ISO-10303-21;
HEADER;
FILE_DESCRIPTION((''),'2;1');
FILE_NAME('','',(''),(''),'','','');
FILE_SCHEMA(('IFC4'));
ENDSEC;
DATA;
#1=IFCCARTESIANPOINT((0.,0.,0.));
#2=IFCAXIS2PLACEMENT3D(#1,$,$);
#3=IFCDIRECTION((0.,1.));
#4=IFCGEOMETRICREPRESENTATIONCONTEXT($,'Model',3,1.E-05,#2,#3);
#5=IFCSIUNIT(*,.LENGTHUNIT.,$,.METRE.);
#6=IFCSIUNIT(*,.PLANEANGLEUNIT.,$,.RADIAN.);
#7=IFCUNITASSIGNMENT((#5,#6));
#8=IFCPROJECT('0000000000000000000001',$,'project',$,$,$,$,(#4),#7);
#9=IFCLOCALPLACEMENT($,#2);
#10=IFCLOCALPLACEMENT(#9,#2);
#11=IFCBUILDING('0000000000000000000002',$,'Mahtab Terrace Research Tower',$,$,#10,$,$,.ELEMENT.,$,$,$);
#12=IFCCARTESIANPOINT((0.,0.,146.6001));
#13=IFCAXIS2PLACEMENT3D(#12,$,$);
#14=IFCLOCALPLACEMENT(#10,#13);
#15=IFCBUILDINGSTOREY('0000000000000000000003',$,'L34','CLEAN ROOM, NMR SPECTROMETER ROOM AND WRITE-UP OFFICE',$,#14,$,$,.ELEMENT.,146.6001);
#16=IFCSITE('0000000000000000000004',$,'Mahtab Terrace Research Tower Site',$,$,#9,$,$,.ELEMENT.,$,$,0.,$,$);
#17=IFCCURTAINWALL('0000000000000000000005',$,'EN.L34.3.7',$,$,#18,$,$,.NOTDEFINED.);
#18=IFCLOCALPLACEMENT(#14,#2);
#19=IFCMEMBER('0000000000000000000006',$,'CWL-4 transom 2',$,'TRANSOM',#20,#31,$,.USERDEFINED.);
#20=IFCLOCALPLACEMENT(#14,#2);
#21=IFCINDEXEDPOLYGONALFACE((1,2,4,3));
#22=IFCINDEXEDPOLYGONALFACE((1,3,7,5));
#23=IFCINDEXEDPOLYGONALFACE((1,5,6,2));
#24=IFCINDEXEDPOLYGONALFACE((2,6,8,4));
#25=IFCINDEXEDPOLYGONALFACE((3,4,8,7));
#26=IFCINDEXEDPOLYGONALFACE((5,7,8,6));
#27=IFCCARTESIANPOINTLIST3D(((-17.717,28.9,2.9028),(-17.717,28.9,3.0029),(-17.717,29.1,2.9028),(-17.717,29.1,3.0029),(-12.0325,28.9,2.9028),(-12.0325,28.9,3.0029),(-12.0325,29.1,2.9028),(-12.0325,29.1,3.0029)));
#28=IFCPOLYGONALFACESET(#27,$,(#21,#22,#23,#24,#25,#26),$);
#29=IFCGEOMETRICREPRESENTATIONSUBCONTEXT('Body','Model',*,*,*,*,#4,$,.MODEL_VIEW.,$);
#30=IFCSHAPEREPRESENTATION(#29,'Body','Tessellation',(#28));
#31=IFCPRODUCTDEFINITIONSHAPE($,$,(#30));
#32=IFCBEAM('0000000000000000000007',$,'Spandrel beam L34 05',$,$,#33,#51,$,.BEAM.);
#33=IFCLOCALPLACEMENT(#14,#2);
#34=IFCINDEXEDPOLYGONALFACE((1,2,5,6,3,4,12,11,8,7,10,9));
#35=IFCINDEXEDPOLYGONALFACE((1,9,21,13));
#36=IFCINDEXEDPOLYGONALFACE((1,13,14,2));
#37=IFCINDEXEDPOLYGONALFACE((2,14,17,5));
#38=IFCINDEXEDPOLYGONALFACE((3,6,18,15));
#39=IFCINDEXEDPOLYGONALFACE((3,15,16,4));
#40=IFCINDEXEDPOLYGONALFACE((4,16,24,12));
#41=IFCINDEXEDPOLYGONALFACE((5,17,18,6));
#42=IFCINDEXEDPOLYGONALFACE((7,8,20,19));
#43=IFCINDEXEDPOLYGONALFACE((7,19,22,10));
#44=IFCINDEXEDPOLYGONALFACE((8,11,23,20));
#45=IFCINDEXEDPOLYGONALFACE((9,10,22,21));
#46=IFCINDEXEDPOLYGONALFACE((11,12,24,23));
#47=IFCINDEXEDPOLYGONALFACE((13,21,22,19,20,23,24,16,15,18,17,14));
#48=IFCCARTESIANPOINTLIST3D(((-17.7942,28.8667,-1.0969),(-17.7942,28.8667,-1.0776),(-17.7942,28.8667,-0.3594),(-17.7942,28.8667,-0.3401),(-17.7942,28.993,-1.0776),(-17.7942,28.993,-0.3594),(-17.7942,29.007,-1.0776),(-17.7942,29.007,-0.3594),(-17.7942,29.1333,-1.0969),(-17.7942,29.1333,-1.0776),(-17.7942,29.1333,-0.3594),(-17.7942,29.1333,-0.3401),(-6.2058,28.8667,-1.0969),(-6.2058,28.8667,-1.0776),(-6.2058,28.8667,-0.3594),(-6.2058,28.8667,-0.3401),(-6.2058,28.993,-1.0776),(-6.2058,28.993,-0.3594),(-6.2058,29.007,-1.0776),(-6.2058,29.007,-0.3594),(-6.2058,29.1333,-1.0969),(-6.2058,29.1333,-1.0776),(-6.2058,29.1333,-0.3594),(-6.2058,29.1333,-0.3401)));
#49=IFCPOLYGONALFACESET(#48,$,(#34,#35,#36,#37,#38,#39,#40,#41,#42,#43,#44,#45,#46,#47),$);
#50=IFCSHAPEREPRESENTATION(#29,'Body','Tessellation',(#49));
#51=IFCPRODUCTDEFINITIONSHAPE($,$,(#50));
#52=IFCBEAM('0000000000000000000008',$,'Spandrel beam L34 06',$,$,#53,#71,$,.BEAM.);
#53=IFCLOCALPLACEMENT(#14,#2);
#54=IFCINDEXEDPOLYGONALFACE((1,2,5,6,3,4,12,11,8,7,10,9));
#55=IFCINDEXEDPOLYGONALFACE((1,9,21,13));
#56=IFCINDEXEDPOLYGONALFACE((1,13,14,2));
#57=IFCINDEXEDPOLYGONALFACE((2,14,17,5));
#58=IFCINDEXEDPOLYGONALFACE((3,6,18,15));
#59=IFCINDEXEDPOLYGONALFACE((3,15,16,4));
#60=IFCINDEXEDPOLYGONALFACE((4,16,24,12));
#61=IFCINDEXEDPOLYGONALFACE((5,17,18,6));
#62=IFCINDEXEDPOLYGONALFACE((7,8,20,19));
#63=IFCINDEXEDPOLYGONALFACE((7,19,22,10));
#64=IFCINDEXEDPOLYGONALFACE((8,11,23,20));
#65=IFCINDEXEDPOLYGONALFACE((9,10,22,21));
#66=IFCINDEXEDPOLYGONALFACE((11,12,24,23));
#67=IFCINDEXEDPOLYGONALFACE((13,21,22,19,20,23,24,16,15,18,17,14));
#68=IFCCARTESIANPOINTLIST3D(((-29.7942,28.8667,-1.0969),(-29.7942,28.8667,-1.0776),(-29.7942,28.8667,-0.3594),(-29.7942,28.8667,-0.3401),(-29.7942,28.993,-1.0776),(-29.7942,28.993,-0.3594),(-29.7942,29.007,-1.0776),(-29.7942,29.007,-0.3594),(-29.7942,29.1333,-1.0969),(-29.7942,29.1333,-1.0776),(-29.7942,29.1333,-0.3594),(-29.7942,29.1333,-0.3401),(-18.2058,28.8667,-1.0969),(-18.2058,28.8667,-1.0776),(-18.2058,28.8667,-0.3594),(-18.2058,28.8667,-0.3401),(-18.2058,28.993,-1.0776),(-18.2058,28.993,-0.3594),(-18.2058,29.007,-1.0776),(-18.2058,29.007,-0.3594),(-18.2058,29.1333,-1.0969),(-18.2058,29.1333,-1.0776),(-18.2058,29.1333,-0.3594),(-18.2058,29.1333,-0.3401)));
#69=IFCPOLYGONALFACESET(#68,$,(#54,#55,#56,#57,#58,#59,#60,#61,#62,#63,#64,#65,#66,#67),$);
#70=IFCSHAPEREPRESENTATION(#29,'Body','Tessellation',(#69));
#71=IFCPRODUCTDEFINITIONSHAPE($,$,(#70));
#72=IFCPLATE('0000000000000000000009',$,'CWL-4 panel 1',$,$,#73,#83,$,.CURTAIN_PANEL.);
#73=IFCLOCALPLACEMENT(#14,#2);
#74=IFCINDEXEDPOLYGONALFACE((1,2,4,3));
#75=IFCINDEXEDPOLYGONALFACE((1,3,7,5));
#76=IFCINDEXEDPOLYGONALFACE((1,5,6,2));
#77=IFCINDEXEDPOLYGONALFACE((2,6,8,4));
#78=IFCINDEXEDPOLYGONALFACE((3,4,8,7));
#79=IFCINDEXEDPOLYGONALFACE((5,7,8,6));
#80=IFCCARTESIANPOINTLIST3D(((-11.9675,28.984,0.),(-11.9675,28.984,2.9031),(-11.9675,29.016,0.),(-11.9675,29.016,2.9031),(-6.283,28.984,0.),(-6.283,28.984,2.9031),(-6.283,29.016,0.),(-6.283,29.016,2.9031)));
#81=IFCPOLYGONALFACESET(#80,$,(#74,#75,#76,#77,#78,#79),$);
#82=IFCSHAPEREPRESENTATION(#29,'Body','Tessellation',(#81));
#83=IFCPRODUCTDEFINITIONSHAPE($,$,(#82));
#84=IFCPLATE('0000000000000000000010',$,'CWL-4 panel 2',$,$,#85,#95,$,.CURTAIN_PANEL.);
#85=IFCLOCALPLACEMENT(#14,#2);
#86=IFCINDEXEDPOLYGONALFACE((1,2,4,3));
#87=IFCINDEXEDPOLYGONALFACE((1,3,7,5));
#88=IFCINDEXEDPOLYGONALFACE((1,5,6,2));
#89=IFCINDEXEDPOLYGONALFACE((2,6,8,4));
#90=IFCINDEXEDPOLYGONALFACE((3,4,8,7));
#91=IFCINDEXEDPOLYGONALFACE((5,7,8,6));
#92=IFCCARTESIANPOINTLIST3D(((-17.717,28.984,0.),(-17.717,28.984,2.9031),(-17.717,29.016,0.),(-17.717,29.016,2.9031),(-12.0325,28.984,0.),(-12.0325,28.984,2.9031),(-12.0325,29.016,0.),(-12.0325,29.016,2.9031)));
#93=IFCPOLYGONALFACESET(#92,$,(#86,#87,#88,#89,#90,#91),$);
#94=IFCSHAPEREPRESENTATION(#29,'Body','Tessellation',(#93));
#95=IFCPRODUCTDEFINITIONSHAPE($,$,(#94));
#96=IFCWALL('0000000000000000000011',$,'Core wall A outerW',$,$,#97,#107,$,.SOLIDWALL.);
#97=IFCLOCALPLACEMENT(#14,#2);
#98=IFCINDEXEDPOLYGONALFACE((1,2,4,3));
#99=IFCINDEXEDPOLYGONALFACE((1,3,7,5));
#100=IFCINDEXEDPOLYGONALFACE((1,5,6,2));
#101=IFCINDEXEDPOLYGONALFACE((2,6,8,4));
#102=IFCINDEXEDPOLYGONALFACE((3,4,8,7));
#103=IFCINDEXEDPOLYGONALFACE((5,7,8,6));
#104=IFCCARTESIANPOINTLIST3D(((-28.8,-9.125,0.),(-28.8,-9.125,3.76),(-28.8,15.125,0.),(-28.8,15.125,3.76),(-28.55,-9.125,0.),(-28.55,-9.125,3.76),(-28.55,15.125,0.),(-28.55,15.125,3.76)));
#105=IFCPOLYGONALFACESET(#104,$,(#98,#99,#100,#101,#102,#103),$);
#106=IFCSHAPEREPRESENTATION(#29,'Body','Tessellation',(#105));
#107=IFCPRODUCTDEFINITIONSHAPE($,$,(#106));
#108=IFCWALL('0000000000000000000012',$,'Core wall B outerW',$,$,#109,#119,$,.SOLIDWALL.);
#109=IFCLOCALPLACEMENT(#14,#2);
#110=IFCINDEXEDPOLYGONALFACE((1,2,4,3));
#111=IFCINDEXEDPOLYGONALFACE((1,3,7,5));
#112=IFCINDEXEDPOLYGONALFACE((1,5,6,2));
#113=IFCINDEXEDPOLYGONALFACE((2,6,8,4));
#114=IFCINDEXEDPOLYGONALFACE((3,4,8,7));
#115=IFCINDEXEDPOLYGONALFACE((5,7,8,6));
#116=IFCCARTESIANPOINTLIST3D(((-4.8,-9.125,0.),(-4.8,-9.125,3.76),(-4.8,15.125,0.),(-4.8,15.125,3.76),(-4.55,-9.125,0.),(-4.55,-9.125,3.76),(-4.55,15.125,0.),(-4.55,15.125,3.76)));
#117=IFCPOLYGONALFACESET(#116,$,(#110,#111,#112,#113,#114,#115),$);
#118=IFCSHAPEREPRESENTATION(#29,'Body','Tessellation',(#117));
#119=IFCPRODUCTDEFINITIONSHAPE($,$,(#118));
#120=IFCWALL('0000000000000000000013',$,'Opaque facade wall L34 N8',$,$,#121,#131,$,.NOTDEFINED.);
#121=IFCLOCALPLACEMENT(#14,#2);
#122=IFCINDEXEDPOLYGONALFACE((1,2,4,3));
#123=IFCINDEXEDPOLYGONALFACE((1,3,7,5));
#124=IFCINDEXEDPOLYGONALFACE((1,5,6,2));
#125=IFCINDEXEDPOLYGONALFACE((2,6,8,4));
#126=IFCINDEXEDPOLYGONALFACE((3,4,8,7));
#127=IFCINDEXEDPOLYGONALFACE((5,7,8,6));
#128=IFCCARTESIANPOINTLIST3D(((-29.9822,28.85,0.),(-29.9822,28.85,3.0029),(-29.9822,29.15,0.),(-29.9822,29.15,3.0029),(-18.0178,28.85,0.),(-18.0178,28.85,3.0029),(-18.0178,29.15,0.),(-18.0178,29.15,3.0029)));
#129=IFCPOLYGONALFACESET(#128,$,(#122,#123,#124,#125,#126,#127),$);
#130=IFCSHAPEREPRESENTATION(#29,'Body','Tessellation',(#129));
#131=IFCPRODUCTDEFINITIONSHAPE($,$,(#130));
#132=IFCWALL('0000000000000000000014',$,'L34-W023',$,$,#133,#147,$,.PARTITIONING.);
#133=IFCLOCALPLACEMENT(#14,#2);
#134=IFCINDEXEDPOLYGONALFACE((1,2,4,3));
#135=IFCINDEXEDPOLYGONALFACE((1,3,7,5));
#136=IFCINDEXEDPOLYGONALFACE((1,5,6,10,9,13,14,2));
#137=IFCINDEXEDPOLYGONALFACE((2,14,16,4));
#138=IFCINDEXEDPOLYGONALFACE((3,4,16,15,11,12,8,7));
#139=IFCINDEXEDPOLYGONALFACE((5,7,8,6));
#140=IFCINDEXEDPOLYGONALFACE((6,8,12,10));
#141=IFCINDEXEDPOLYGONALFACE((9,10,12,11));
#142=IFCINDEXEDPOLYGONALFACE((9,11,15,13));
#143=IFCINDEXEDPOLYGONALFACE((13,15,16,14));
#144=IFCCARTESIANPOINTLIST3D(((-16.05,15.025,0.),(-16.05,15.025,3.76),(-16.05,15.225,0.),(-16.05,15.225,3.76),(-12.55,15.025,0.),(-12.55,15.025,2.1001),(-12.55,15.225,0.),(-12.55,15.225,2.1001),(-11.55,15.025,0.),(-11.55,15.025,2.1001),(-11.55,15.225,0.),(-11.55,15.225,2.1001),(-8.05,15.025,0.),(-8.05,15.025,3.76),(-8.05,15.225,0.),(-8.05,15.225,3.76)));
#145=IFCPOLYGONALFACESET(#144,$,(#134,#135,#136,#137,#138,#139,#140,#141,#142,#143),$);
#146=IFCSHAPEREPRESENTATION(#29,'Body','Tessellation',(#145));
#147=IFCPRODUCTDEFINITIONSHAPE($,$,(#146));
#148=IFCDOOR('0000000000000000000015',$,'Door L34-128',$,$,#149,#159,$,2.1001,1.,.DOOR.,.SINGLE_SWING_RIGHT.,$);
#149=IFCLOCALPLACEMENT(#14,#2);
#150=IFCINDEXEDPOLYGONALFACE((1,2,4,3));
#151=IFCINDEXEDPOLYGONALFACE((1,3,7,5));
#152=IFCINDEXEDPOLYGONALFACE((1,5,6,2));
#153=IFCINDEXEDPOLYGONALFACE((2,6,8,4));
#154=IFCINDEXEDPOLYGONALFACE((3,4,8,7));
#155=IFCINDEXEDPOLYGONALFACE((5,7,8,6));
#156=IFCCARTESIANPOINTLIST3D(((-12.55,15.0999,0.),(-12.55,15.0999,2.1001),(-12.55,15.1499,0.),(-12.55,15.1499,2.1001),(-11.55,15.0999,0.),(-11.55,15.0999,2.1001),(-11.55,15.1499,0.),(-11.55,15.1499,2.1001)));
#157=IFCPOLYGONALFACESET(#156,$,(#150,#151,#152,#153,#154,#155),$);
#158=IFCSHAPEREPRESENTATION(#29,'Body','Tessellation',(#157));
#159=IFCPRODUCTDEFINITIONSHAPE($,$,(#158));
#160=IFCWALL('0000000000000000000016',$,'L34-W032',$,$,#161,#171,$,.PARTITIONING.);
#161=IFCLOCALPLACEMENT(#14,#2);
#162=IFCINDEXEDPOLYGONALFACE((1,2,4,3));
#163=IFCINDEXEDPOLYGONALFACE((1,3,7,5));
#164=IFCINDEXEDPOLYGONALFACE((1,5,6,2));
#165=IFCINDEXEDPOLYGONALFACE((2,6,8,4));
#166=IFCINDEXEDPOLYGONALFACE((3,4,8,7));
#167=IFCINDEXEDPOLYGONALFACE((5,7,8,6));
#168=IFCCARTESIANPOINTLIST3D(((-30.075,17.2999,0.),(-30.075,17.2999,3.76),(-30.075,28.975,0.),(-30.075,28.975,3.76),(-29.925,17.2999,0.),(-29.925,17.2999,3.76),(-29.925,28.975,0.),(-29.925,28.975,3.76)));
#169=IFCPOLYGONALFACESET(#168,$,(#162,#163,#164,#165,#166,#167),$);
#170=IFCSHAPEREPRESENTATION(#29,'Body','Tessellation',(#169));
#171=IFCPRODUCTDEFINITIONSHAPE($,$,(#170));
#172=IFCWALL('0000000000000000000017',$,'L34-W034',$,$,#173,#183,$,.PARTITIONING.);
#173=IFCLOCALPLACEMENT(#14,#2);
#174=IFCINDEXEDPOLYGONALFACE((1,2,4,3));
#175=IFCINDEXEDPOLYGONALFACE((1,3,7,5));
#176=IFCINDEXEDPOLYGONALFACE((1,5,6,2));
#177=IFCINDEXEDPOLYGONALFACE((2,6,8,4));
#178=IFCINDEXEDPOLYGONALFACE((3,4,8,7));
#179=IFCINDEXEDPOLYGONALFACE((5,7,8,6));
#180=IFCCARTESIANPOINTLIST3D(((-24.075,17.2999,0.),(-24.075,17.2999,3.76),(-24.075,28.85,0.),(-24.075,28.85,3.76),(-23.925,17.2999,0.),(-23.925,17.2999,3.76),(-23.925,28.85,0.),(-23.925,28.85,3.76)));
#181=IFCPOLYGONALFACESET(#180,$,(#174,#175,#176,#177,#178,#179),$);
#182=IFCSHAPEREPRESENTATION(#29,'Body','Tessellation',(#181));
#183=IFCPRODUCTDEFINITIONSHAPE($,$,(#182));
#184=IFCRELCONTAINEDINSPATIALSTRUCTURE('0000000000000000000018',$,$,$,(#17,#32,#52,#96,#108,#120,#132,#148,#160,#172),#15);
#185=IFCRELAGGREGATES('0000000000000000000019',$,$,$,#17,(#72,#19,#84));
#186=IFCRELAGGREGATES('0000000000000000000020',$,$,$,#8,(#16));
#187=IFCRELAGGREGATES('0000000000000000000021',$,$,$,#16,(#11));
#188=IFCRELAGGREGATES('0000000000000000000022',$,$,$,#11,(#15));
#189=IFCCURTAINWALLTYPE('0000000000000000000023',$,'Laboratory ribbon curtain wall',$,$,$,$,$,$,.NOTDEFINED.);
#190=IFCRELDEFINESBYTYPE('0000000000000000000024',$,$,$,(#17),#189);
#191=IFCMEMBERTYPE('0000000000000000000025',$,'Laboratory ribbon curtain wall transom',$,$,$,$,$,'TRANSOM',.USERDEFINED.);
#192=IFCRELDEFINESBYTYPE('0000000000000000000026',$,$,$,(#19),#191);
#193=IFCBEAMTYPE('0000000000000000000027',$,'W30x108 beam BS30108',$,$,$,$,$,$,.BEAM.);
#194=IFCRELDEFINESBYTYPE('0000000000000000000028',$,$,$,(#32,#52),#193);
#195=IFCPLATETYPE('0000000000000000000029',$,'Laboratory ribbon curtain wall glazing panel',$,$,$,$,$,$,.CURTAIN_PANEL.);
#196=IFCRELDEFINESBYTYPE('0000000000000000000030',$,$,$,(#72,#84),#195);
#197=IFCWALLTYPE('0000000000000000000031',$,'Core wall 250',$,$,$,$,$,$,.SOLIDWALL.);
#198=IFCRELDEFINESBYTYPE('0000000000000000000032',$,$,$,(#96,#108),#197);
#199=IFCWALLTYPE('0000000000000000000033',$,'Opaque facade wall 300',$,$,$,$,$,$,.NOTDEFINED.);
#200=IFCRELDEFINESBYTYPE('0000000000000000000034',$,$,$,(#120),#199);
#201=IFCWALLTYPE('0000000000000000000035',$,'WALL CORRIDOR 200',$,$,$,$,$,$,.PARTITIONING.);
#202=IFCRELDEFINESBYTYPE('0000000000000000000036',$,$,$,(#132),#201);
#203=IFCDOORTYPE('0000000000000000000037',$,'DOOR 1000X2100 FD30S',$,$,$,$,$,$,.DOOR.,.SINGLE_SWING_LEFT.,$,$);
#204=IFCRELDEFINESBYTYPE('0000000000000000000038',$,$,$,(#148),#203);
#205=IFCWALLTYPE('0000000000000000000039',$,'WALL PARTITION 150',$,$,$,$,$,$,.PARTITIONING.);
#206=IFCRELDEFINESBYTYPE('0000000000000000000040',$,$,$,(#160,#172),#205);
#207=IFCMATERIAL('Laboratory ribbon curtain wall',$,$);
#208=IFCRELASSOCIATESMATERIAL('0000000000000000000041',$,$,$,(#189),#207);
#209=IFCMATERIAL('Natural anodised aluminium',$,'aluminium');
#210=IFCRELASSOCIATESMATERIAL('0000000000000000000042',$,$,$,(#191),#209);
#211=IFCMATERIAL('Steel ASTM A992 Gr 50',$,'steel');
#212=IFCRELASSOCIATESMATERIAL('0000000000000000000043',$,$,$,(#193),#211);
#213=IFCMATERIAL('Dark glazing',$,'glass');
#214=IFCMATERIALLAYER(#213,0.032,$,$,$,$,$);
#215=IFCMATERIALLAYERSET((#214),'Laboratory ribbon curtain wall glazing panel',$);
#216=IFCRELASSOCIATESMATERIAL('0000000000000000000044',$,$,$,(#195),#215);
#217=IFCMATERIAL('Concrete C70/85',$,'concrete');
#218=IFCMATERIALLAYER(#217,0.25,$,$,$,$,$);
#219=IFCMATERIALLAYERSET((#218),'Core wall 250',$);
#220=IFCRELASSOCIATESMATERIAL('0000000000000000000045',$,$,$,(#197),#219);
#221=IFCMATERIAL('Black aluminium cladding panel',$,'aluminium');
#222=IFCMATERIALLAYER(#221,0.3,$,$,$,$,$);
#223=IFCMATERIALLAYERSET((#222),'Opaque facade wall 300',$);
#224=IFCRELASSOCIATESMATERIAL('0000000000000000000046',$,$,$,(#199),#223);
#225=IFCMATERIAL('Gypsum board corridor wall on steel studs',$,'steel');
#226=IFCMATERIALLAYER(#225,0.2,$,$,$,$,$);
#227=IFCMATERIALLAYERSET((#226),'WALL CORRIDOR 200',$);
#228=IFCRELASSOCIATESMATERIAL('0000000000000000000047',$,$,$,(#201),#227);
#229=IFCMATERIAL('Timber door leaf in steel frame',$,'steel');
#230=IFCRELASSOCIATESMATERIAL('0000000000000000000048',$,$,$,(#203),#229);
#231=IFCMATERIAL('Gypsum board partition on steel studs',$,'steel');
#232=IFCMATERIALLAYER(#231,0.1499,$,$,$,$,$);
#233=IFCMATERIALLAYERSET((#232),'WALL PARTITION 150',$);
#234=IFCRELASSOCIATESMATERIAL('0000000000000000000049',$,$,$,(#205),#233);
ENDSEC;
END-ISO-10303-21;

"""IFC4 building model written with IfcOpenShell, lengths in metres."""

from ifc_helpers import new_model, si_unit, direction, frame, frame_2d, origin, origin_2d, place, context, subcontext, project, spatial, rectangle, i_section, extrude, material, layer, layer_set, material_profile, profile_set, type_object, element, fill, aggregate, save


model = new_model("IFC4")

# Units and contexts
model_context = context("Model", 3, precision=1e-05, world=origin(), true_north=direction((0.0, 1.0)))
body_context = subcontext(model_context, "Body", "Model", "MODEL_VIEW")
ifc_project = project(units=[si_unit("LENGTHUNIT", "METRE"), si_unit("PLANEANGLEUNIT", "RADIAN")], contexts=[model_context])

# Site, building, storey
site_placement = place(None, origin())
site = spatial("IfcSite", under=ifc_project, at=site_placement, Name="Mahtab Terrace Research Tower Site", CompositionType="ELEMENT", RefElevation=0.0)
building_placement = place(site_placement, origin())
building = spatial("IfcBuilding", under=site, at=building_placement, Name="Mahtab Terrace Research Tower", CompositionType="ELEMENT")
storey_placement = place(building_placement, frame((0.0, 0.0, 146.6001)))
storey = spatial("IfcBuildingStorey", under=building, at=storey_placement, Name="L34", Description="CLEAN ROOM, NMR SPECTROMETER ROOM AND WRITE-UP OFFICE", CompositionType="ELEMENT", Elevation=146.6001)

# Shared definitions
ifc_material_1 = material(Name="Steel ASTM A992 Gr 50", Category="steel")

# Curtain wall, member
ifc_material_2 = material(Name="Laboratory ribbon curtain wall")
curtain_wall_type = type_object("IfcCurtainWallType", Name="Laboratory ribbon curtain wall", PredefinedType="NOTDEFINED", material=ifc_material_2)
curtain_wall_placement = place(storey_placement, origin())
curtain_wall = element("IfcCurtainWall", 1, at=curtain_wall_placement, inside=storey, type_object=curtain_wall_type, Name="EN.L34.3.7", PredefinedType="NOTDEFINED")
ifc_material_3 = material(Name="Natural anodised aluminium", Category="aluminium")
ifc_material_profile_1 = material_profile(ifc_material_3, rectangle(XDim=0.2, YDim=0.1001, at=origin_2d()), Name="TRANSOM 100x200")
ifc_profile_set_1 = profile_set([ifc_material_profile_1], Name="Natural anodised aluminium")
member_type_1 = type_object("IfcMemberType", Name="Laboratory ribbon curtain wall transom", ElementType="TRANSOM", PredefinedType="USERDEFINED", material=ifc_profile_set_1)
member_1_placement = place(storey_placement, frame((-12.0325, 29.0, 2.9529), z_axis=(-1.0, 0.0, 0.0), x_axis=(0.0, -1.0, 0.0)))
member_1 = element("IfcMember", 2, at=member_1_placement, type_object=member_type_1, Name="CWL-4 transom 2", ObjectType="TRANSOM", PredefinedType="USERDEFINED", context=body_context, shape_type="SweptSolid", body=[
    extrude(rectangle(XDim=0.2, YDim=0.1001, at=origin_2d()), origin(), (0.0, 0.0, 1.0), 5.6846),
])

# Beams
ifc_material_profile_2 = material_profile(ifc_material_1, i_section(OverallWidth=0.2666, OverallDepth=0.7568, WebThickness=0.0139, FlangeThickness=0.0193, at=origin_2d()), Name="W30X108")
ifc_profile_set_2 = profile_set([ifc_material_profile_2], Name="Steel ASTM A992 Gr 50")
beam_type = type_object("IfcBeamType", Name="W30x108 beam BS30108", PredefinedType="BEAM", material=ifc_profile_set_2)
for number, where, z_axis, x_axis, name in (
    (3, (-6.2058, 29.0, -0.7185), (-1.0, 0.0, 0.0), (0.0, -1.0, 0.0), "Spandrel beam L34 05"),
    (4, (-18.2058, 29.0, -0.7185), (-1.0, 0.0, 0.0), (0.0, -1.0, 0.0), "Spandrel beam L34 06"),
):
    element("IfcBeam", number, at=place(storey_placement, frame(where, z_axis=z_axis, x_axis=x_axis)), inside=storey, type_object=beam_type, Name=name, PredefinedType="BEAM", context=body_context, shape_type="SweptSolid", body=[
        extrude(i_section(OverallWidth=0.2666, OverallDepth=0.7568, WebThickness=0.0139, FlangeThickness=0.0193, at=origin_2d()), origin(), (0.0, 0.0, 1.0), 11.5884),
    ])

# Plates
ifc_material_4 = material(Name="Dark glazing", Category="glass")
ifc_layer_1 = layer(ifc_material_4, 0.032)
ifc_layer_set_1 = layer_set([ifc_layer_1], Name="Laboratory ribbon curtain wall glazing panel")
plate_type = type_object("IfcPlateType", Name="Laboratory ribbon curtain wall glazing panel", PredefinedType="CURTAIN_PANEL", material=ifc_layer_set_1)
plate_1_placement = place(storey_placement, frame((-9.1252, 29.0, 0.0), z_axis=(0.0, 0.0, 1.0), x_axis=(-1.0, 0.0, 0.0)))
plate_1 = element("IfcPlate", 5, at=plate_1_placement, type_object=plate_type, Name="CWL-4 panel 1", PredefinedType="CURTAIN_PANEL", context=body_context, shape_type="SweptSolid", body=[
    extrude(rectangle(XDim=5.6846, YDim=0.032, at=origin_2d()), origin(), (0.0, 0.0, 1.0), 2.9031),
])
plate_2_placement = place(storey_placement, frame((-14.8748, 29.0, 0.0), z_axis=(0.0, 0.0, 1.0), x_axis=(-1.0, 0.0, 0.0)))
plate_2 = element("IfcPlate", 6, at=plate_2_placement, type_object=plate_type, Name="CWL-4 panel 2", PredefinedType="CURTAIN_PANEL", context=body_context, shape_type="SweptSolid", body=[
    extrude(rectangle(XDim=5.6846, YDim=0.032, at=origin_2d()), origin(), (0.0, 0.0, 1.0), 2.9031),
])
aggregate(curtain_wall, [plate_1, member_1, plate_2])

# Walls
ifc_material_5 = material(Name="Concrete C70/85", Category="concrete")
ifc_layer_2 = layer(ifc_material_5, 0.25)
ifc_layer_set_2 = layer_set([ifc_layer_2], Name="Core wall 250")
wall_type_1 = type_object("IfcWallType", Name="Core wall 250", PredefinedType="SOLIDWALL", material=ifc_layer_set_2)
for number, where, z_axis, x_axis, name in (
    (7, (-28.675, 15.125, 0.0), (0.0, 0.0, 1.0), (0.0, -1.0, 0.0), "Core wall A outerW"),
    (8, (-4.675, 15.125, 0.0), (0.0, 0.0, 1.0), (0.0, -1.0, 0.0), "Core wall B outerW"),
):
    element("IfcWall", number, at=place(storey_placement, frame(where, z_axis=z_axis, x_axis=x_axis)), inside=storey, type_object=wall_type_1, Name=name, PredefinedType="SOLIDWALL", context=body_context, shape_type="SweptSolid", body=[
        extrude(rectangle(XDim=24.25, YDim=0.25, at=frame_2d((12.125, 0.0))), origin(), (0.0, 0.0, 1.0), 3.76),
    ])
ifc_material_6 = material(Name="Black aluminium cladding panel", Category="aluminium")
ifc_layer_3 = layer(ifc_material_6, 0.3)
ifc_layer_set_3 = layer_set([ifc_layer_3], Name="Opaque facade wall 300")
wall_type_2 = type_object("IfcWallType", Name="Opaque facade wall 300", PredefinedType="NOTDEFINED", material=ifc_layer_set_3)
wall_1_placement = place(storey_placement, frame((-18.0178, 29.0, 0.0), z_axis=(0.0, 0.0, 1.0), x_axis=(-1.0, 0.0, 0.0)))
element("IfcWall", 9, at=wall_1_placement, inside=storey, type_object=wall_type_2, Name="Opaque facade wall L34 N8", PredefinedType="NOTDEFINED", context=body_context, shape_type="SweptSolid", body=[
    extrude(rectangle(XDim=11.9644, YDim=0.3, at=frame_2d((5.9822, 0.0))), origin(), (0.0, 0.0, 1.0), 3.0029),
])

# Wall, opening, door
ifc_material_7 = material(Name="Gypsum board corridor wall on steel studs", Category="steel")
ifc_layer_4 = layer(ifc_material_7, 0.2)
ifc_layer_set_4 = layer_set([ifc_layer_4], Name="WALL CORRIDOR 200")
wall_type_3 = type_object("IfcWallType", Name="WALL CORRIDOR 200", PredefinedType="PARTITIONING", material=ifc_layer_set_4)
wall_2_placement = place(storey_placement, frame((-16.05, 15.125, 0.0), z_axis=(0.0, 0.0, 1.0), x_axis=(1.0, 0.0, 0.0)))
wall_2 = element("IfcWall", 10, at=wall_2_placement, inside=storey, type_object=wall_type_3, Name="L34-W023", PredefinedType="PARTITIONING", context=body_context, shape_type="SweptSolid", body=[
    extrude(rectangle(XDim=8.0, YDim=0.2, at=frame_2d((4.0, 0.0))), origin(), (0.0, 0.0, 1.0), 3.76),
])
opening_placement = place(wall_2_placement, frame((3.5, 0.0, 0.0)))
opening = element("IfcOpeningElement", 11, at=opening_placement, cuts=wall_2, PredefinedType="OPENING", context=body_context, shape_type="SweptSolid", body=[
    extrude(rectangle(XDim=1.0, YDim=2.1001, at=frame_2d((0.5, 1.05))), frame((0.0, 0.1099, 0.0), z_axis=(0.0, -1.0, 0.0), x_axis=(1.0, 0.0, 0.0)), (0.0, 0.0, 1.0), 0.22),
])
ifc_material_8 = material(Name="Timber door leaf in steel frame", Category="steel")
door_type = type_object("IfcDoorType", Name="DOOR 1000X2100 FD30S", OperationType="SINGLE_SWING_LEFT", PredefinedType="DOOR", material=ifc_material_8)
door_placement = place(opening_placement, origin())
door = element("IfcDoor", 12, at=door_placement, inside=storey, type_object=door_type, Name="Door L34-128", OperationType="SINGLE_SWING_RIGHT", OverallHeight=2.1001, OverallWidth=1.0, PredefinedType="DOOR", context=body_context, shape_type="SweptSolid", body=[
    extrude(rectangle(XDim=1.0, YDim=2.1001, at=frame_2d((0.5, 1.05))), frame((0.0, 0.0249, 0.0), z_axis=(0.0, -1.0, 0.0), x_axis=(1.0, 0.0, 0.0)), (0.0, 0.0, 1.0), 0.05),
])
fill(opening, door)

# Walls
ifc_material_9 = material(Name="Gypsum board partition on steel studs", Category="steel")
ifc_layer_5 = layer(ifc_material_9, 0.1499)
ifc_layer_set_5 = layer_set([ifc_layer_5], Name="WALL PARTITION 150")
wall_type_4 = type_object("IfcWallType", Name="WALL PARTITION 150", PredefinedType="PARTITIONING", material=ifc_layer_set_5)
wall_3_placement = place(storey_placement, frame((-30.0, 17.3, 0.0), z_axis=(0.0, 0.0, 1.0), x_axis=(0.0, 1.0, 0.0)))
element("IfcWall", 13, at=wall_3_placement, inside=storey, type_object=wall_type_4, Name="L34-W032", PredefinedType="PARTITIONING", context=body_context, shape_type="SweptSolid", body=[
    extrude(rectangle(XDim=11.675, YDim=0.1499, at=frame_2d((5.8374, 0.0))), origin(), (0.0, 0.0, 1.0), 3.76),
])
for number, where, z_axis, x_axis, name in (
    (14, (-24.0, 17.3, 0.0), (0.0, 0.0, 1.0), (0.0, 1.0, 0.0), "L34-W034"),
):
    element("IfcWall", number, at=place(storey_placement, frame(where, z_axis=z_axis, x_axis=x_axis)), inside=storey, type_object=wall_type_4, Name=name, PredefinedType="PARTITIONING", context=body_context, shape_type="SweptSolid", body=[
        extrude(rectangle(XDim=11.55, YDim=0.1499, at=frame_2d((5.7749, 0.0))), origin(), (0.0, 0.0, 1.0), 3.76),
    ])

save(model, "model.ifc")
